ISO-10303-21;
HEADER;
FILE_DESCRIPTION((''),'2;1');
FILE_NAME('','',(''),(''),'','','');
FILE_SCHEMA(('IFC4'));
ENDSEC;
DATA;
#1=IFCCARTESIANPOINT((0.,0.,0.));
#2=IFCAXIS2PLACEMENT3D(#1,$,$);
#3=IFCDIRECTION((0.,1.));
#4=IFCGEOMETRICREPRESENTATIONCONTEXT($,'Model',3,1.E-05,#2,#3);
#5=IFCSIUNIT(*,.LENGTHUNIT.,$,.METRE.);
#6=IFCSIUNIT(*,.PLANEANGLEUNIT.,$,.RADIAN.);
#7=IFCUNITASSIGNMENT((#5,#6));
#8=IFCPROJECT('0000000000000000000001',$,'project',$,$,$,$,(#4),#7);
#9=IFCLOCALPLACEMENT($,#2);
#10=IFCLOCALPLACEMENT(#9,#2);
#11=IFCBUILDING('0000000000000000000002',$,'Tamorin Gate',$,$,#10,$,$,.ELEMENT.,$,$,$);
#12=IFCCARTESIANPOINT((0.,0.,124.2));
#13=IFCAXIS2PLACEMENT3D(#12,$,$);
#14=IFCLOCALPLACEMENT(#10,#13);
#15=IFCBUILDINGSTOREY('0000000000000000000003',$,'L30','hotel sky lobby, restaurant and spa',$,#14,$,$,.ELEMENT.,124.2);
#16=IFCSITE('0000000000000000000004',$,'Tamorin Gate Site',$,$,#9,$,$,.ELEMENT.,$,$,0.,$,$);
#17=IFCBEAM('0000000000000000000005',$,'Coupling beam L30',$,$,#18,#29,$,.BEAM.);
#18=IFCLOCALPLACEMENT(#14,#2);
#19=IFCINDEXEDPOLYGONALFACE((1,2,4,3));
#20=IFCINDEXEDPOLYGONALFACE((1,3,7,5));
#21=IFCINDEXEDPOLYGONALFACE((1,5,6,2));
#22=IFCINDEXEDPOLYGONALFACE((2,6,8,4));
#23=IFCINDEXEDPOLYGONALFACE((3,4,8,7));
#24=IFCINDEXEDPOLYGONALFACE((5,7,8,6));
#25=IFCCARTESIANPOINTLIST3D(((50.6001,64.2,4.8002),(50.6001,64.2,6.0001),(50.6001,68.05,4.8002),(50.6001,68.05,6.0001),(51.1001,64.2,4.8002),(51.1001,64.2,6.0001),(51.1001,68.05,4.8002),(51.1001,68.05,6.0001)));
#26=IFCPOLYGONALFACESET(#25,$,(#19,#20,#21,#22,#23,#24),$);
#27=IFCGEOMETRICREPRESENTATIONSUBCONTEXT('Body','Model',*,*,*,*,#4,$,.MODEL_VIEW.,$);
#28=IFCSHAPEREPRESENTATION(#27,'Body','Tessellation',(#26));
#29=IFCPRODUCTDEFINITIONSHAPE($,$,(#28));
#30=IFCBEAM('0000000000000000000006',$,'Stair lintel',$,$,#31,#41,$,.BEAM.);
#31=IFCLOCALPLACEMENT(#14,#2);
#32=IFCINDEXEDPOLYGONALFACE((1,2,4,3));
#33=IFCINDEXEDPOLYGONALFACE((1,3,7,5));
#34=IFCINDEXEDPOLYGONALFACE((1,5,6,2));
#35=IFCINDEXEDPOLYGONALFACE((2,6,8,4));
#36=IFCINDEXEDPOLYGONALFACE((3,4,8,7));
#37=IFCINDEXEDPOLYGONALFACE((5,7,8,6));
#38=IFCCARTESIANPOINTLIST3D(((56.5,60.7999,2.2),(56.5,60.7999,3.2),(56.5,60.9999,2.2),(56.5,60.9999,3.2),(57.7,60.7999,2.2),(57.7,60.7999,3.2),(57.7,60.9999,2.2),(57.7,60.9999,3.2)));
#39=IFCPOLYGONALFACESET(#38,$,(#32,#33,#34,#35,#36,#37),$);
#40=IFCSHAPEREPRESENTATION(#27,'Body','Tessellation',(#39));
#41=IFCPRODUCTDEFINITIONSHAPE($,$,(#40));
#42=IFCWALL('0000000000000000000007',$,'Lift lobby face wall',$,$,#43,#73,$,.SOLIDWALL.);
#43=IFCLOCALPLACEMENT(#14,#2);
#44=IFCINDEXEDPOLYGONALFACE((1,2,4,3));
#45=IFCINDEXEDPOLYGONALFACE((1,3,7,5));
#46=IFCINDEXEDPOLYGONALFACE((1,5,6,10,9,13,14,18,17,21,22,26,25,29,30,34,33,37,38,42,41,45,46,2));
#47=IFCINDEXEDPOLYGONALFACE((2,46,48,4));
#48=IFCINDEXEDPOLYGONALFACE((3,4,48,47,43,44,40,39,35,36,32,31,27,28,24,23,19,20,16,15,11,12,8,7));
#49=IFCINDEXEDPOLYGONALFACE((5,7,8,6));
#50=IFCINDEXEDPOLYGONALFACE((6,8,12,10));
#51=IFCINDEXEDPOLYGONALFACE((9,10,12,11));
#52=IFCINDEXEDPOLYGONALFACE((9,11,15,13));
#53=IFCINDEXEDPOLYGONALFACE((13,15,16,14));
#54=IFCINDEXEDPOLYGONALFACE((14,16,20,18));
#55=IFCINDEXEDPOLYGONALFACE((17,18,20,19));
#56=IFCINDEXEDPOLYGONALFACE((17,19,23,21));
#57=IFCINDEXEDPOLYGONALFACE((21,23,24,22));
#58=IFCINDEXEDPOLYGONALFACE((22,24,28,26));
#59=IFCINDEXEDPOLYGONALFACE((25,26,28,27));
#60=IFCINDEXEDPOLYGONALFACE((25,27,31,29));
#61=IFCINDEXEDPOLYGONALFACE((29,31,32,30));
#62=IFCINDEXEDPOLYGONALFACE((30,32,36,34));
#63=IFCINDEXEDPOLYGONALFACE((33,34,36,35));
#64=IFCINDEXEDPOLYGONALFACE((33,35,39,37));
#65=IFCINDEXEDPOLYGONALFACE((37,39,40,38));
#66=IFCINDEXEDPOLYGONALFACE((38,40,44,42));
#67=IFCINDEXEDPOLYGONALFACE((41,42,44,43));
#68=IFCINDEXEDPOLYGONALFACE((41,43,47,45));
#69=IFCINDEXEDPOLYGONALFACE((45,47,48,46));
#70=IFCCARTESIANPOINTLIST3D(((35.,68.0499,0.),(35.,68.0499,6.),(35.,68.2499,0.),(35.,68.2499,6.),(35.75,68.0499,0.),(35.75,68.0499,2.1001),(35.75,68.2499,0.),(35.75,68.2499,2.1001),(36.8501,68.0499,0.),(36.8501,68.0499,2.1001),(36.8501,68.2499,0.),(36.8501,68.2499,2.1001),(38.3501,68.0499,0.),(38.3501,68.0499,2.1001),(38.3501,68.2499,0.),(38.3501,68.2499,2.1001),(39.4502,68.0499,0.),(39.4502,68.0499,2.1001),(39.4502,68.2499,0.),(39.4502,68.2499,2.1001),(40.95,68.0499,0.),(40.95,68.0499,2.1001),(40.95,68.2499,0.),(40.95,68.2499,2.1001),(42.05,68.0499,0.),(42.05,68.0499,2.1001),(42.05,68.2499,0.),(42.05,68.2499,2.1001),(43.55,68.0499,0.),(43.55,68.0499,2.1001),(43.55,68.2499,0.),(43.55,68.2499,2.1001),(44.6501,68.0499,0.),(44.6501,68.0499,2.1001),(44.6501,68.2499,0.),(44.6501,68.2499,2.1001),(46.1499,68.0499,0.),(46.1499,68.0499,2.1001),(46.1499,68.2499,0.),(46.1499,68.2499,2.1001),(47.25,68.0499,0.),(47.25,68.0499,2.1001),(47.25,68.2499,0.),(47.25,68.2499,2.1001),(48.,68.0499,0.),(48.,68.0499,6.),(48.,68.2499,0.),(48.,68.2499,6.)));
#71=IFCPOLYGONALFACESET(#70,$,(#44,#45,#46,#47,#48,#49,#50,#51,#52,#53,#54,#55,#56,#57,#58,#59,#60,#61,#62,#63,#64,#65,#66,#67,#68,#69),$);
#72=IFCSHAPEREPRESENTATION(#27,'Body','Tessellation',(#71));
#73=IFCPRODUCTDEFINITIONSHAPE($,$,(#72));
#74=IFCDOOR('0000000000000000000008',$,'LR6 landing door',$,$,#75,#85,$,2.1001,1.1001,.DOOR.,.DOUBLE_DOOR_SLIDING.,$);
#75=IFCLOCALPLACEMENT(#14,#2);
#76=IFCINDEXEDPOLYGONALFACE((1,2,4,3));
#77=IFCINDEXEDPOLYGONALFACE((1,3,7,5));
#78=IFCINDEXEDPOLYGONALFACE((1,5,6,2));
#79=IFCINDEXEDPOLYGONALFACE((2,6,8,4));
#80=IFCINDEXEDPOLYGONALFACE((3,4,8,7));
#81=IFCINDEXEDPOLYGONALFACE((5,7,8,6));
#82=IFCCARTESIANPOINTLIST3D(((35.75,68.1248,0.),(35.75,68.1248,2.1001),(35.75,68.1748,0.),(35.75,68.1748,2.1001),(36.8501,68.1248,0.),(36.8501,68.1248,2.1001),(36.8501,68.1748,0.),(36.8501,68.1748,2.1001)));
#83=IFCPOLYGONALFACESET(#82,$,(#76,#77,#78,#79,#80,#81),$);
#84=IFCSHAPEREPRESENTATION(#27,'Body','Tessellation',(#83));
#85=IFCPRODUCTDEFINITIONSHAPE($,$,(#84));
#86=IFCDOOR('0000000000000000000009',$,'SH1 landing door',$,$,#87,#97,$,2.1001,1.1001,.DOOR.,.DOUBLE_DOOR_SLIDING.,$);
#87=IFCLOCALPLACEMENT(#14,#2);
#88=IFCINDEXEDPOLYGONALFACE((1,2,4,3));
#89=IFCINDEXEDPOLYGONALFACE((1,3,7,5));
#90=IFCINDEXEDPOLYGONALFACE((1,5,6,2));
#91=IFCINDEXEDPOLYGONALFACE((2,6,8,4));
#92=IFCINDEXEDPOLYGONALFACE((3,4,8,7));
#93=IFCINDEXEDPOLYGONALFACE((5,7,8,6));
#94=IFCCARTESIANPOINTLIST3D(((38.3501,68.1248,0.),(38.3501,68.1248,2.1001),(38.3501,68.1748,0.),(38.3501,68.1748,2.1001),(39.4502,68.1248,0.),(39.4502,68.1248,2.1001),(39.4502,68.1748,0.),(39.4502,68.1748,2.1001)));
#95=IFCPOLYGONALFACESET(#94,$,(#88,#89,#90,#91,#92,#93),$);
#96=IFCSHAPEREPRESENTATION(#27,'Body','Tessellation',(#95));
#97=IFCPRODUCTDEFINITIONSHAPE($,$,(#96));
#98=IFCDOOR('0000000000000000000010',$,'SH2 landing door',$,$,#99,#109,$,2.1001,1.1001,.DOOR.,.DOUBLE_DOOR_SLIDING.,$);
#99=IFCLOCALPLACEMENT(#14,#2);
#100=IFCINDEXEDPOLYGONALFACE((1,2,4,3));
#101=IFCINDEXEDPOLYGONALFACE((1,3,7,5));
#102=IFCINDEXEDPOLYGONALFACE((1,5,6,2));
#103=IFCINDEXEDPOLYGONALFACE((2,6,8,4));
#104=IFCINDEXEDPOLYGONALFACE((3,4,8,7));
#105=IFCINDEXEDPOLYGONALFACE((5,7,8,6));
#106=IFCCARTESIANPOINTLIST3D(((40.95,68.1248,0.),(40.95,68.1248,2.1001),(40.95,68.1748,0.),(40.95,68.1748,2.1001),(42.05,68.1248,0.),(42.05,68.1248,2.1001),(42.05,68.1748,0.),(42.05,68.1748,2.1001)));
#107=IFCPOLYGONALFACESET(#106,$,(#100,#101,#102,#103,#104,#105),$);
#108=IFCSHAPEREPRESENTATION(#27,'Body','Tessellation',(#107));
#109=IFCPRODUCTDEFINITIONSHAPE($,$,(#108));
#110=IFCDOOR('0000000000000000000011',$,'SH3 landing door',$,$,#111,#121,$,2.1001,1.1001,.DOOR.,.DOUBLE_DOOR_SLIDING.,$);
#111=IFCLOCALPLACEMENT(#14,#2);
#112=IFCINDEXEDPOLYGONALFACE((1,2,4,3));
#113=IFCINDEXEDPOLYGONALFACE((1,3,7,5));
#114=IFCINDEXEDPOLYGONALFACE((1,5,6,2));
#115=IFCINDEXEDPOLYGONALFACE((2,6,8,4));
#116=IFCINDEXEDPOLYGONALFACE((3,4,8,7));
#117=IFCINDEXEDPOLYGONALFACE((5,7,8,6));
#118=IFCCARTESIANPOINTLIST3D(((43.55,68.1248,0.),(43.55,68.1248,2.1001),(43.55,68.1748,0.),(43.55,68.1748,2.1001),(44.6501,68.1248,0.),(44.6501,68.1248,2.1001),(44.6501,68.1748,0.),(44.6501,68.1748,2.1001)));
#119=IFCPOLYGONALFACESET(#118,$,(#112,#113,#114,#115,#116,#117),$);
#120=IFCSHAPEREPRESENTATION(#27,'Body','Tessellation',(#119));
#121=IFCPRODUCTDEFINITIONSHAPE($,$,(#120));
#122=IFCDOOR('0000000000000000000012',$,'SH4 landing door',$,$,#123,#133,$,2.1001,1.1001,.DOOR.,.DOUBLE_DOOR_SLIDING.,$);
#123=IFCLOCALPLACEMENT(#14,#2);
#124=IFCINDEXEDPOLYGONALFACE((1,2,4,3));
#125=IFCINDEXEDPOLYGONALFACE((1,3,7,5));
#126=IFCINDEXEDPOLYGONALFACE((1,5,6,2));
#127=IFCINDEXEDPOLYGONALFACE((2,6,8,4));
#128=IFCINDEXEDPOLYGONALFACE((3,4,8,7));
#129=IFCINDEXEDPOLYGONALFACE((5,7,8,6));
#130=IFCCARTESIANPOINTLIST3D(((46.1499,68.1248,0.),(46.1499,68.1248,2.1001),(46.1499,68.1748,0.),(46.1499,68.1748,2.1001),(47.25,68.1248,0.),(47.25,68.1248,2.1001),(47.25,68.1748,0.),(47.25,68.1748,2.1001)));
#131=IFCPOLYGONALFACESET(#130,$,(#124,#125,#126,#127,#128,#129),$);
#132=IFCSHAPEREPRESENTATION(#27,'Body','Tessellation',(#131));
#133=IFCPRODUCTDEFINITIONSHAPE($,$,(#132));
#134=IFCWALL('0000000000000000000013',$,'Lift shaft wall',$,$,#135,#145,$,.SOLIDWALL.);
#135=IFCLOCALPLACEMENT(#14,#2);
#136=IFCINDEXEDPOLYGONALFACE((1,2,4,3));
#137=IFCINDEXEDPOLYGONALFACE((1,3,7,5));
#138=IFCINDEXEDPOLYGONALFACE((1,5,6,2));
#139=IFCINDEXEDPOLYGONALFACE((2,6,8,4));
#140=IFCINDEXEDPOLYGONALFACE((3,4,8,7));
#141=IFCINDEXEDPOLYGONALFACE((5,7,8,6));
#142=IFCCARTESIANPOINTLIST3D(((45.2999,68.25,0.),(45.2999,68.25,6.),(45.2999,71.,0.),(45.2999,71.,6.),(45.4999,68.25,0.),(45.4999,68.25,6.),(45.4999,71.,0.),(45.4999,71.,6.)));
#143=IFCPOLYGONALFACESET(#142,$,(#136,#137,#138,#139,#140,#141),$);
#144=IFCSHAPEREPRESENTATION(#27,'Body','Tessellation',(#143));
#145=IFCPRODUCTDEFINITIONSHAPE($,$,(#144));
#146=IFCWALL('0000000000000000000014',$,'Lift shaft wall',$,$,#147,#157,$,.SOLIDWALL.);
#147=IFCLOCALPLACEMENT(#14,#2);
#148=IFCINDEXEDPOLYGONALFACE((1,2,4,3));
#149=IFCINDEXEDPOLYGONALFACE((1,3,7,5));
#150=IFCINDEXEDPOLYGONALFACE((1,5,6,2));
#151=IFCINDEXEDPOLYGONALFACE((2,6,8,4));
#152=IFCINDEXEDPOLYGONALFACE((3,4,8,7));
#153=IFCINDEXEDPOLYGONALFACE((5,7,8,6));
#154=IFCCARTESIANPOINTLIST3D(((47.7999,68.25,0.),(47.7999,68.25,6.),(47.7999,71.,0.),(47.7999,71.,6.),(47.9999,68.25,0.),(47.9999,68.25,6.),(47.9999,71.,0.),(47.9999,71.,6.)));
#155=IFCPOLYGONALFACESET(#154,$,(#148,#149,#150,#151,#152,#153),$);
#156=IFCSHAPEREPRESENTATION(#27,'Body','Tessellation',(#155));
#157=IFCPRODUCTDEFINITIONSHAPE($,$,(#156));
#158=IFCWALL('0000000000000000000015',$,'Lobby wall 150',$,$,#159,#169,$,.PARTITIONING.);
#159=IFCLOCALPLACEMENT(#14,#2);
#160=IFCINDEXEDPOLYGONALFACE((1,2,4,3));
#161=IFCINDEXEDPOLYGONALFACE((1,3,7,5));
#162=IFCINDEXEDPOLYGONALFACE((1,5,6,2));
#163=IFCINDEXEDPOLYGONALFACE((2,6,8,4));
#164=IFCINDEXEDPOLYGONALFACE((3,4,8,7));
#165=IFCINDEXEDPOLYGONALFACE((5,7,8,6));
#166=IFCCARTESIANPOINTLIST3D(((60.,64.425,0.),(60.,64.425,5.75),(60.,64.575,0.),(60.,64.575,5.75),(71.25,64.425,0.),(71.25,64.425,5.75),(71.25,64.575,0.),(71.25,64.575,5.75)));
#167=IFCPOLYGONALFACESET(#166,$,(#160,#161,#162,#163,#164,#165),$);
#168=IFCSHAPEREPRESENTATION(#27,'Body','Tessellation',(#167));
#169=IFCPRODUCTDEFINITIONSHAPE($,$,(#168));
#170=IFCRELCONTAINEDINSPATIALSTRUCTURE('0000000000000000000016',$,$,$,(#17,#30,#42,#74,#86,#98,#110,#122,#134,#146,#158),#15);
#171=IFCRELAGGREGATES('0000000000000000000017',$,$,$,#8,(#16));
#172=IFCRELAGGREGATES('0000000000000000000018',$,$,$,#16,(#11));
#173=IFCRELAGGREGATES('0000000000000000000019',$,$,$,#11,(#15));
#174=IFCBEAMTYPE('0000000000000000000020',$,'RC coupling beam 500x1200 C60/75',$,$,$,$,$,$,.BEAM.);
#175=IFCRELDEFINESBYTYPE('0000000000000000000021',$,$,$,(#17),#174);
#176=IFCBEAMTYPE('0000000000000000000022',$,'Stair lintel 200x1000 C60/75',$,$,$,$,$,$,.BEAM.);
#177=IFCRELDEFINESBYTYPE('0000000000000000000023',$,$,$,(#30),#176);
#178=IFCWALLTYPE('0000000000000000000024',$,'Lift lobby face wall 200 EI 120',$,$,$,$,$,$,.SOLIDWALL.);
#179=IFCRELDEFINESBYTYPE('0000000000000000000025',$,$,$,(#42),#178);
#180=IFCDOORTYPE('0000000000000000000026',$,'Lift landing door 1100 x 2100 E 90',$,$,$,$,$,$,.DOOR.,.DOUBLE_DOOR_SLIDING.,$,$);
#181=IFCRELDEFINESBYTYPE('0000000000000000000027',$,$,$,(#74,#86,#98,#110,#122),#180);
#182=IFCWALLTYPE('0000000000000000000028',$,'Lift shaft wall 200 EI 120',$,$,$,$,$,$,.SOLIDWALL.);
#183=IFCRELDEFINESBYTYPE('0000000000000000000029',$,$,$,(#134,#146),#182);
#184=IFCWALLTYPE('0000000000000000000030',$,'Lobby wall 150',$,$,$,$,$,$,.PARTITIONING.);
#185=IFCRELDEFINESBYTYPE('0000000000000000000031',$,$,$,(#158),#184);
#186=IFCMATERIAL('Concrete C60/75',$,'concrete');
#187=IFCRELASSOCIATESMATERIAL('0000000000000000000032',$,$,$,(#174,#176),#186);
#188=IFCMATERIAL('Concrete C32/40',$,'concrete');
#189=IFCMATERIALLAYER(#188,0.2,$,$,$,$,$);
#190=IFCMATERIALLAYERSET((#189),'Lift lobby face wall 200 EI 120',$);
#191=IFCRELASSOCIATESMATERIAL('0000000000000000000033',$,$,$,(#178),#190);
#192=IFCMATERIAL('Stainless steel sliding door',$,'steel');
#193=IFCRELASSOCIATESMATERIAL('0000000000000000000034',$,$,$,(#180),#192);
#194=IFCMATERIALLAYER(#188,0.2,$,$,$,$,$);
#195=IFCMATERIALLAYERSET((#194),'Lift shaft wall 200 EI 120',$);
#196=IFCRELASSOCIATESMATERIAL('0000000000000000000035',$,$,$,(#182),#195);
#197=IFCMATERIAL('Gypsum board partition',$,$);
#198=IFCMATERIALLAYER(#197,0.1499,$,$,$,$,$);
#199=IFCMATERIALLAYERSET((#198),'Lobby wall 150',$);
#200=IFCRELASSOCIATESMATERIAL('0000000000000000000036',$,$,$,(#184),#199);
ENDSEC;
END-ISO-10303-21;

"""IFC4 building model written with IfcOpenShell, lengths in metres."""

from ifc_helpers import new_model, si_unit, direction, frame, frame_2d, origin, origin_2d, place, context, subcontext, project, spatial, rectangle, extrude, material, layer, layer_set, material_profile, profile_set, type_object, element, fill, save


model = new_model("IFC4")

# Units and contexts
model_context = context("Model", 3, precision=1e-05, world=origin(), true_north=direction((0.0, 1.0)))
body_context = subcontext(model_context, "Body", "Model", "MODEL_VIEW")
ifc_project = project(units=[si_unit("LENGTHUNIT", "METRE"), si_unit("PLANEANGLEUNIT", "RADIAN")], contexts=[model_context])

# Site, building, storey
site_placement = place(None, origin())
site = spatial("IfcSite", under=ifc_project, at=site_placement, Name="Tamorin Gate Site", CompositionType="ELEMENT", RefElevation=0.0)
building_placement = place(site_placement, origin())
building = spatial("IfcBuilding", under=site, at=building_placement, Name="Tamorin Gate", CompositionType="ELEMENT")
storey_placement = place(building_placement, frame((0.0, 0.0, 124.2)))
storey = spatial("IfcBuildingStorey", under=building, at=storey_placement, Name="L30", Description="hotel sky lobby, restaurant and spa", CompositionType="ELEMENT", Elevation=124.2)

# Beams
ifc_material_1 = material(Name="Concrete C60/75", Category="concrete")
ifc_material_profile_1 = material_profile(ifc_material_1, rectangle(XDim=0.5, YDim=1.2, at=origin_2d()), Name="RC 500x1200")
ifc_profile_set_1 = profile_set([ifc_material_profile_1], Name="Concrete C60/75")
beam_type_1 = type_object("IfcBeamType", Name="RC coupling beam 500x1200 C60/75", PredefinedType="BEAM", material=ifc_profile_set_1)
beam_1_placement = place(storey_placement, frame((50.8501, 64.2, 5.4001), z_axis=(0.0, 1.0, 0.0), x_axis=(-1.0, 0.0, 0.0)))
element("IfcBeam", 1, at=beam_1_placement, inside=storey, type_object=beam_type_1, Name="Coupling beam L30", PredefinedType="BEAM", context=body_context, shape_type="SweptSolid", body=[
    extrude(rectangle(XDim=0.5, YDim=1.2, at=origin_2d()), origin(), (0.0, 0.0, 1.0), 3.8501),
])
ifc_material_profile_2 = material_profile(ifc_material_1, rectangle(XDim=0.2, YDim=1.0, at=origin_2d()))
ifc_profile_set_2 = profile_set([ifc_material_profile_2], Name="Concrete C60/75")
beam_type_2 = type_object("IfcBeamType", Name="Stair lintel 200x1000 C60/75", PredefinedType="BEAM", material=ifc_profile_set_2)
beam_2_placement = place(storey_placement, frame((56.5, 60.8999, 2.7), z_axis=(1.0, 0.0, 0.0), x_axis=(0.0, 1.0, 0.0)))
element("IfcBeam", 2, at=beam_2_placement, inside=storey, type_object=beam_type_2, Name="Stair lintel", PredefinedType="BEAM", context=body_context, shape_type="SweptSolid", body=[
    extrude(rectangle(XDim=0.2, YDim=1.0, at=origin_2d()), origin(), (0.0, 0.0, 1.0), 1.2),
])

# Wall, openings, doors
ifc_material_2 = material(Name="Concrete C32/40", Category="concrete")
ifc_layer_1 = layer(ifc_material_2, 0.2)
ifc_layer_set_1 = layer_set([ifc_layer_1], Name="Lift lobby face wall 200 EI 120")
wall_type_1 = type_object("IfcWallType", Name="Lift lobby face wall 200 EI 120", PredefinedType="SOLIDWALL", material=ifc_layer_set_1)
wall_1_placement = place(storey_placement, frame((35.0, 68.1499, 0.0), z_axis=(0.0, 0.0, 1.0), x_axis=(1.0, 0.0, 0.0)))
wall_1 = element("IfcWall", 3, at=wall_1_placement, inside=storey, type_object=wall_type_1, Name="Lift lobby face wall", PredefinedType="SOLIDWALL", context=body_context, shape_type="SweptSolid", body=[
    extrude(rectangle(XDim=13.0, YDim=0.2, at=frame_2d((6.5, 0.0))), origin(), (0.0, 0.0, 1.0), 6.0),
])
opening_1_placement = place(wall_1_placement, frame((0.75, 0.0, 0.0)))
opening_1 = element("IfcOpeningElement", 4, at=opening_1_placement, cuts=wall_1, PredefinedType="OPENING", context=body_context, shape_type="SweptSolid", body=[
    extrude(rectangle(XDim=1.1001, YDim=2.1001, at=frame_2d((0.55, 1.05))), frame((0.0, 0.1099, 0.0), z_axis=(0.0, -1.0, 0.0), x_axis=(1.0, 0.0, 0.0)), (0.0, 0.0, 1.0), 0.22),
])
opening_2_placement = place(wall_1_placement, frame((3.3501, 0.0, 0.0)))
opening_2 = element("IfcOpeningElement", 5, at=opening_2_placement, cuts=wall_1, PredefinedType="OPENING", context=body_context, shape_type="SweptSolid", body=[
    extrude(rectangle(XDim=1.1001, YDim=2.1001, at=frame_2d((0.55, 1.05))), frame((0.0, 0.1099, 0.0), z_axis=(0.0, -1.0, 0.0), x_axis=(1.0, 0.0, 0.0)), (0.0, 0.0, 1.0), 0.22),
])
opening_3_placement = place(wall_1_placement, frame((5.95, 0.0, 0.0)))
opening_3 = element("IfcOpeningElement", 6, at=opening_3_placement, cuts=wall_1, PredefinedType="OPENING", context=body_context, shape_type="SweptSolid", body=[
    extrude(rectangle(XDim=1.1001, YDim=2.1001, at=frame_2d((0.55, 1.05))), frame((0.0, 0.1099, 0.0), z_axis=(0.0, -1.0, 0.0), x_axis=(1.0, 0.0, 0.0)), (0.0, 0.0, 1.0), 0.22),
])
opening_4_placement = place(wall_1_placement, frame((8.55, 0.0, 0.0)))
opening_4 = element("IfcOpeningElement", 7, at=opening_4_placement, cuts=wall_1, PredefinedType="OPENING", context=body_context, shape_type="SweptSolid", body=[
    extrude(rectangle(XDim=1.1001, YDim=2.1001, at=frame_2d((0.55, 1.05))), frame((0.0, 0.1099, 0.0), z_axis=(0.0, -1.0, 0.0), x_axis=(1.0, 0.0, 0.0)), (0.0, 0.0, 1.0), 0.22),
])
opening_5_placement = place(wall_1_placement, frame((11.1499, 0.0, 0.0)))
opening_5 = element("IfcOpeningElement", 8, at=opening_5_placement, cuts=wall_1, PredefinedType="OPENING", context=body_context, shape_type="SweptSolid", body=[
    extrude(rectangle(XDim=1.1001, YDim=2.1001, at=frame_2d((0.55, 1.05))), frame((0.0, 0.1099, 0.0), z_axis=(0.0, -1.0, 0.0), x_axis=(1.0, 0.0, 0.0)), (0.0, 0.0, 1.0), 0.22),
])
ifc_material_3 = material(Name="Stainless steel sliding door", Category="steel")
door_type_1 = type_object("IfcDoorType", Name="Lift landing door 1100 x 2100 E 90", OperationType="DOUBLE_DOOR_SLIDING", PredefinedType="DOOR", material=ifc_material_3)
door_1_placement = place(opening_1_placement, origin())
door_1 = element("IfcDoor", 9, at=door_1_placement, inside=storey, type_object=door_type_1, Name="LR6 landing door", OperationType="DOUBLE_DOOR_SLIDING", OverallHeight=2.1001, OverallWidth=1.1001, PredefinedType="DOOR", context=body_context, shape_type="SweptSolid", body=[
    extrude(rectangle(XDim=1.1001, YDim=2.1001, at=frame_2d((0.55, 1.05))), frame((0.0, 0.0249, 0.0), z_axis=(0.0, -1.0, 0.0), x_axis=(1.0, 0.0, 0.0)), (0.0, 0.0, 1.0), 0.05),
])
fill(opening_1, door_1)
door_2_placement = place(opening_2_placement, origin())
door_2 = element("IfcDoor", 10, at=door_2_placement, inside=storey, type_object=door_type_1, Name="SH1 landing door", OperationType="DOUBLE_DOOR_SLIDING", OverallHeight=2.1001, OverallWidth=1.1001, PredefinedType="DOOR", context=body_context, shape_type="SweptSolid", body=[
    extrude(rectangle(XDim=1.1001, YDim=2.1001, at=frame_2d((0.55, 1.05))), frame((0.0, 0.0249, 0.0), z_axis=(0.0, -1.0, 0.0), x_axis=(1.0, 0.0, 0.0)), (0.0, 0.0, 1.0), 0.05),
])
fill(opening_2, door_2)
door_3_placement = place(opening_3_placement, origin())
door_3 = element("IfcDoor", 11, at=door_3_placement, inside=storey, type_object=door_type_1, Name="SH2 landing door", OperationType="DOUBLE_DOOR_SLIDING", OverallHeight=2.1001, OverallWidth=1.1001, PredefinedType="DOOR", context=body_context, shape_type="SweptSolid", body=[
    extrude(rectangle(XDim=1.1001, YDim=2.1001, at=frame_2d((0.55, 1.05))), frame((0.0, 0.0249, 0.0), z_axis=(0.0, -1.0, 0.0), x_axis=(1.0, 0.0, 0.0)), (0.0, 0.0, 1.0), 0.05),
])
fill(opening_3, door_3)
door_4_placement = place(opening_4_placement, origin())
door_4 = element("IfcDoor", 12, at=door_4_placement, inside=storey, type_object=door_type_1, Name="SH3 landing door", OperationType="DOUBLE_DOOR_SLIDING", OverallHeight=2.1001, OverallWidth=1.1001, PredefinedType="DOOR", context=body_context, shape_type="SweptSolid", body=[
    extrude(rectangle(XDim=1.1001, YDim=2.1001, at=frame_2d((0.55, 1.05))), frame((0.0, 0.0249, 0.0), z_axis=(0.0, -1.0, 0.0), x_axis=(1.0, 0.0, 0.0)), (0.0, 0.0, 1.0), 0.05),
])
fill(opening_4, door_4)
door_5_placement = place(opening_5_placement, origin())
door_5 = element("IfcDoor", 13, at=door_5_placement, inside=storey, type_object=door_type_1, Name="SH4 landing door", OperationType="DOUBLE_DOOR_SLIDING", OverallHeight=2.1001, OverallWidth=1.1001, PredefinedType="DOOR", context=body_context, shape_type="SweptSolid", body=[
    extrude(rectangle(XDim=1.1001, YDim=2.1001, at=frame_2d((0.55, 1.05))), frame((0.0, 0.0249, 0.0), z_axis=(0.0, -1.0, 0.0), x_axis=(1.0, 0.0, 0.0)), (0.0, 0.0, 1.0), 0.05),
])
fill(opening_5, door_5)

# Walls
ifc_layer_2 = layer(ifc_material_2, 0.2)
ifc_layer_set_2 = layer_set([ifc_layer_2], Name="Lift shaft wall 200 EI 120")
wall_type_2 = type_object("IfcWallType", Name="Lift shaft wall 200 EI 120", PredefinedType="SOLIDWALL", material=ifc_layer_set_2)
for number, where, z_axis, x_axis, name in (
    (14, (45.3999, 68.25, 0.0), (0.0, 0.0, 1.0), (0.0, 1.0, 0.0), "Lift shaft wall"),
    (15, (47.8999, 68.25, 0.0), (0.0, 0.0, 1.0), (0.0, 1.0, 0.0), "Lift shaft wall"),
):
    element("IfcWall", number, at=place(storey_placement, frame(where, z_axis=z_axis, x_axis=x_axis)), inside=storey, type_object=wall_type_2, Name=name, PredefinedType="SOLIDWALL", context=body_context, shape_type="SweptSolid", body=[
        extrude(rectangle(XDim=2.75, YDim=0.2, at=frame_2d((1.375, 0.0))), origin(), (0.0, 0.0, 1.0), 6.0),
    ])
ifc_material_4 = material(Name="Gypsum board partition")
ifc_layer_3 = layer(ifc_material_4, 0.1499)
ifc_layer_set_3 = layer_set([ifc_layer_3], Name="Lobby wall 150")
wall_type_3 = type_object("IfcWallType", Name="Lobby wall 150", PredefinedType="PARTITIONING", material=ifc_layer_set_3)
wall_2_placement = place(storey_placement, frame((60.0, 64.5, 0.0), z_axis=(0.0, 0.0, 1.0), x_axis=(1.0, 0.0, 0.0)))
element("IfcWall", 16, at=wall_2_placement, inside=storey, type_object=wall_type_3, Name="Lobby wall 150", PredefinedType="PARTITIONING", context=body_context, shape_type="SweptSolid", body=[
    extrude(rectangle(XDim=11.25, YDim=0.1499, at=frame_2d((5.625, 0.0))), origin(), (0.0, 0.0, 1.0), 5.75),
])

save(model, "model.ifc")
